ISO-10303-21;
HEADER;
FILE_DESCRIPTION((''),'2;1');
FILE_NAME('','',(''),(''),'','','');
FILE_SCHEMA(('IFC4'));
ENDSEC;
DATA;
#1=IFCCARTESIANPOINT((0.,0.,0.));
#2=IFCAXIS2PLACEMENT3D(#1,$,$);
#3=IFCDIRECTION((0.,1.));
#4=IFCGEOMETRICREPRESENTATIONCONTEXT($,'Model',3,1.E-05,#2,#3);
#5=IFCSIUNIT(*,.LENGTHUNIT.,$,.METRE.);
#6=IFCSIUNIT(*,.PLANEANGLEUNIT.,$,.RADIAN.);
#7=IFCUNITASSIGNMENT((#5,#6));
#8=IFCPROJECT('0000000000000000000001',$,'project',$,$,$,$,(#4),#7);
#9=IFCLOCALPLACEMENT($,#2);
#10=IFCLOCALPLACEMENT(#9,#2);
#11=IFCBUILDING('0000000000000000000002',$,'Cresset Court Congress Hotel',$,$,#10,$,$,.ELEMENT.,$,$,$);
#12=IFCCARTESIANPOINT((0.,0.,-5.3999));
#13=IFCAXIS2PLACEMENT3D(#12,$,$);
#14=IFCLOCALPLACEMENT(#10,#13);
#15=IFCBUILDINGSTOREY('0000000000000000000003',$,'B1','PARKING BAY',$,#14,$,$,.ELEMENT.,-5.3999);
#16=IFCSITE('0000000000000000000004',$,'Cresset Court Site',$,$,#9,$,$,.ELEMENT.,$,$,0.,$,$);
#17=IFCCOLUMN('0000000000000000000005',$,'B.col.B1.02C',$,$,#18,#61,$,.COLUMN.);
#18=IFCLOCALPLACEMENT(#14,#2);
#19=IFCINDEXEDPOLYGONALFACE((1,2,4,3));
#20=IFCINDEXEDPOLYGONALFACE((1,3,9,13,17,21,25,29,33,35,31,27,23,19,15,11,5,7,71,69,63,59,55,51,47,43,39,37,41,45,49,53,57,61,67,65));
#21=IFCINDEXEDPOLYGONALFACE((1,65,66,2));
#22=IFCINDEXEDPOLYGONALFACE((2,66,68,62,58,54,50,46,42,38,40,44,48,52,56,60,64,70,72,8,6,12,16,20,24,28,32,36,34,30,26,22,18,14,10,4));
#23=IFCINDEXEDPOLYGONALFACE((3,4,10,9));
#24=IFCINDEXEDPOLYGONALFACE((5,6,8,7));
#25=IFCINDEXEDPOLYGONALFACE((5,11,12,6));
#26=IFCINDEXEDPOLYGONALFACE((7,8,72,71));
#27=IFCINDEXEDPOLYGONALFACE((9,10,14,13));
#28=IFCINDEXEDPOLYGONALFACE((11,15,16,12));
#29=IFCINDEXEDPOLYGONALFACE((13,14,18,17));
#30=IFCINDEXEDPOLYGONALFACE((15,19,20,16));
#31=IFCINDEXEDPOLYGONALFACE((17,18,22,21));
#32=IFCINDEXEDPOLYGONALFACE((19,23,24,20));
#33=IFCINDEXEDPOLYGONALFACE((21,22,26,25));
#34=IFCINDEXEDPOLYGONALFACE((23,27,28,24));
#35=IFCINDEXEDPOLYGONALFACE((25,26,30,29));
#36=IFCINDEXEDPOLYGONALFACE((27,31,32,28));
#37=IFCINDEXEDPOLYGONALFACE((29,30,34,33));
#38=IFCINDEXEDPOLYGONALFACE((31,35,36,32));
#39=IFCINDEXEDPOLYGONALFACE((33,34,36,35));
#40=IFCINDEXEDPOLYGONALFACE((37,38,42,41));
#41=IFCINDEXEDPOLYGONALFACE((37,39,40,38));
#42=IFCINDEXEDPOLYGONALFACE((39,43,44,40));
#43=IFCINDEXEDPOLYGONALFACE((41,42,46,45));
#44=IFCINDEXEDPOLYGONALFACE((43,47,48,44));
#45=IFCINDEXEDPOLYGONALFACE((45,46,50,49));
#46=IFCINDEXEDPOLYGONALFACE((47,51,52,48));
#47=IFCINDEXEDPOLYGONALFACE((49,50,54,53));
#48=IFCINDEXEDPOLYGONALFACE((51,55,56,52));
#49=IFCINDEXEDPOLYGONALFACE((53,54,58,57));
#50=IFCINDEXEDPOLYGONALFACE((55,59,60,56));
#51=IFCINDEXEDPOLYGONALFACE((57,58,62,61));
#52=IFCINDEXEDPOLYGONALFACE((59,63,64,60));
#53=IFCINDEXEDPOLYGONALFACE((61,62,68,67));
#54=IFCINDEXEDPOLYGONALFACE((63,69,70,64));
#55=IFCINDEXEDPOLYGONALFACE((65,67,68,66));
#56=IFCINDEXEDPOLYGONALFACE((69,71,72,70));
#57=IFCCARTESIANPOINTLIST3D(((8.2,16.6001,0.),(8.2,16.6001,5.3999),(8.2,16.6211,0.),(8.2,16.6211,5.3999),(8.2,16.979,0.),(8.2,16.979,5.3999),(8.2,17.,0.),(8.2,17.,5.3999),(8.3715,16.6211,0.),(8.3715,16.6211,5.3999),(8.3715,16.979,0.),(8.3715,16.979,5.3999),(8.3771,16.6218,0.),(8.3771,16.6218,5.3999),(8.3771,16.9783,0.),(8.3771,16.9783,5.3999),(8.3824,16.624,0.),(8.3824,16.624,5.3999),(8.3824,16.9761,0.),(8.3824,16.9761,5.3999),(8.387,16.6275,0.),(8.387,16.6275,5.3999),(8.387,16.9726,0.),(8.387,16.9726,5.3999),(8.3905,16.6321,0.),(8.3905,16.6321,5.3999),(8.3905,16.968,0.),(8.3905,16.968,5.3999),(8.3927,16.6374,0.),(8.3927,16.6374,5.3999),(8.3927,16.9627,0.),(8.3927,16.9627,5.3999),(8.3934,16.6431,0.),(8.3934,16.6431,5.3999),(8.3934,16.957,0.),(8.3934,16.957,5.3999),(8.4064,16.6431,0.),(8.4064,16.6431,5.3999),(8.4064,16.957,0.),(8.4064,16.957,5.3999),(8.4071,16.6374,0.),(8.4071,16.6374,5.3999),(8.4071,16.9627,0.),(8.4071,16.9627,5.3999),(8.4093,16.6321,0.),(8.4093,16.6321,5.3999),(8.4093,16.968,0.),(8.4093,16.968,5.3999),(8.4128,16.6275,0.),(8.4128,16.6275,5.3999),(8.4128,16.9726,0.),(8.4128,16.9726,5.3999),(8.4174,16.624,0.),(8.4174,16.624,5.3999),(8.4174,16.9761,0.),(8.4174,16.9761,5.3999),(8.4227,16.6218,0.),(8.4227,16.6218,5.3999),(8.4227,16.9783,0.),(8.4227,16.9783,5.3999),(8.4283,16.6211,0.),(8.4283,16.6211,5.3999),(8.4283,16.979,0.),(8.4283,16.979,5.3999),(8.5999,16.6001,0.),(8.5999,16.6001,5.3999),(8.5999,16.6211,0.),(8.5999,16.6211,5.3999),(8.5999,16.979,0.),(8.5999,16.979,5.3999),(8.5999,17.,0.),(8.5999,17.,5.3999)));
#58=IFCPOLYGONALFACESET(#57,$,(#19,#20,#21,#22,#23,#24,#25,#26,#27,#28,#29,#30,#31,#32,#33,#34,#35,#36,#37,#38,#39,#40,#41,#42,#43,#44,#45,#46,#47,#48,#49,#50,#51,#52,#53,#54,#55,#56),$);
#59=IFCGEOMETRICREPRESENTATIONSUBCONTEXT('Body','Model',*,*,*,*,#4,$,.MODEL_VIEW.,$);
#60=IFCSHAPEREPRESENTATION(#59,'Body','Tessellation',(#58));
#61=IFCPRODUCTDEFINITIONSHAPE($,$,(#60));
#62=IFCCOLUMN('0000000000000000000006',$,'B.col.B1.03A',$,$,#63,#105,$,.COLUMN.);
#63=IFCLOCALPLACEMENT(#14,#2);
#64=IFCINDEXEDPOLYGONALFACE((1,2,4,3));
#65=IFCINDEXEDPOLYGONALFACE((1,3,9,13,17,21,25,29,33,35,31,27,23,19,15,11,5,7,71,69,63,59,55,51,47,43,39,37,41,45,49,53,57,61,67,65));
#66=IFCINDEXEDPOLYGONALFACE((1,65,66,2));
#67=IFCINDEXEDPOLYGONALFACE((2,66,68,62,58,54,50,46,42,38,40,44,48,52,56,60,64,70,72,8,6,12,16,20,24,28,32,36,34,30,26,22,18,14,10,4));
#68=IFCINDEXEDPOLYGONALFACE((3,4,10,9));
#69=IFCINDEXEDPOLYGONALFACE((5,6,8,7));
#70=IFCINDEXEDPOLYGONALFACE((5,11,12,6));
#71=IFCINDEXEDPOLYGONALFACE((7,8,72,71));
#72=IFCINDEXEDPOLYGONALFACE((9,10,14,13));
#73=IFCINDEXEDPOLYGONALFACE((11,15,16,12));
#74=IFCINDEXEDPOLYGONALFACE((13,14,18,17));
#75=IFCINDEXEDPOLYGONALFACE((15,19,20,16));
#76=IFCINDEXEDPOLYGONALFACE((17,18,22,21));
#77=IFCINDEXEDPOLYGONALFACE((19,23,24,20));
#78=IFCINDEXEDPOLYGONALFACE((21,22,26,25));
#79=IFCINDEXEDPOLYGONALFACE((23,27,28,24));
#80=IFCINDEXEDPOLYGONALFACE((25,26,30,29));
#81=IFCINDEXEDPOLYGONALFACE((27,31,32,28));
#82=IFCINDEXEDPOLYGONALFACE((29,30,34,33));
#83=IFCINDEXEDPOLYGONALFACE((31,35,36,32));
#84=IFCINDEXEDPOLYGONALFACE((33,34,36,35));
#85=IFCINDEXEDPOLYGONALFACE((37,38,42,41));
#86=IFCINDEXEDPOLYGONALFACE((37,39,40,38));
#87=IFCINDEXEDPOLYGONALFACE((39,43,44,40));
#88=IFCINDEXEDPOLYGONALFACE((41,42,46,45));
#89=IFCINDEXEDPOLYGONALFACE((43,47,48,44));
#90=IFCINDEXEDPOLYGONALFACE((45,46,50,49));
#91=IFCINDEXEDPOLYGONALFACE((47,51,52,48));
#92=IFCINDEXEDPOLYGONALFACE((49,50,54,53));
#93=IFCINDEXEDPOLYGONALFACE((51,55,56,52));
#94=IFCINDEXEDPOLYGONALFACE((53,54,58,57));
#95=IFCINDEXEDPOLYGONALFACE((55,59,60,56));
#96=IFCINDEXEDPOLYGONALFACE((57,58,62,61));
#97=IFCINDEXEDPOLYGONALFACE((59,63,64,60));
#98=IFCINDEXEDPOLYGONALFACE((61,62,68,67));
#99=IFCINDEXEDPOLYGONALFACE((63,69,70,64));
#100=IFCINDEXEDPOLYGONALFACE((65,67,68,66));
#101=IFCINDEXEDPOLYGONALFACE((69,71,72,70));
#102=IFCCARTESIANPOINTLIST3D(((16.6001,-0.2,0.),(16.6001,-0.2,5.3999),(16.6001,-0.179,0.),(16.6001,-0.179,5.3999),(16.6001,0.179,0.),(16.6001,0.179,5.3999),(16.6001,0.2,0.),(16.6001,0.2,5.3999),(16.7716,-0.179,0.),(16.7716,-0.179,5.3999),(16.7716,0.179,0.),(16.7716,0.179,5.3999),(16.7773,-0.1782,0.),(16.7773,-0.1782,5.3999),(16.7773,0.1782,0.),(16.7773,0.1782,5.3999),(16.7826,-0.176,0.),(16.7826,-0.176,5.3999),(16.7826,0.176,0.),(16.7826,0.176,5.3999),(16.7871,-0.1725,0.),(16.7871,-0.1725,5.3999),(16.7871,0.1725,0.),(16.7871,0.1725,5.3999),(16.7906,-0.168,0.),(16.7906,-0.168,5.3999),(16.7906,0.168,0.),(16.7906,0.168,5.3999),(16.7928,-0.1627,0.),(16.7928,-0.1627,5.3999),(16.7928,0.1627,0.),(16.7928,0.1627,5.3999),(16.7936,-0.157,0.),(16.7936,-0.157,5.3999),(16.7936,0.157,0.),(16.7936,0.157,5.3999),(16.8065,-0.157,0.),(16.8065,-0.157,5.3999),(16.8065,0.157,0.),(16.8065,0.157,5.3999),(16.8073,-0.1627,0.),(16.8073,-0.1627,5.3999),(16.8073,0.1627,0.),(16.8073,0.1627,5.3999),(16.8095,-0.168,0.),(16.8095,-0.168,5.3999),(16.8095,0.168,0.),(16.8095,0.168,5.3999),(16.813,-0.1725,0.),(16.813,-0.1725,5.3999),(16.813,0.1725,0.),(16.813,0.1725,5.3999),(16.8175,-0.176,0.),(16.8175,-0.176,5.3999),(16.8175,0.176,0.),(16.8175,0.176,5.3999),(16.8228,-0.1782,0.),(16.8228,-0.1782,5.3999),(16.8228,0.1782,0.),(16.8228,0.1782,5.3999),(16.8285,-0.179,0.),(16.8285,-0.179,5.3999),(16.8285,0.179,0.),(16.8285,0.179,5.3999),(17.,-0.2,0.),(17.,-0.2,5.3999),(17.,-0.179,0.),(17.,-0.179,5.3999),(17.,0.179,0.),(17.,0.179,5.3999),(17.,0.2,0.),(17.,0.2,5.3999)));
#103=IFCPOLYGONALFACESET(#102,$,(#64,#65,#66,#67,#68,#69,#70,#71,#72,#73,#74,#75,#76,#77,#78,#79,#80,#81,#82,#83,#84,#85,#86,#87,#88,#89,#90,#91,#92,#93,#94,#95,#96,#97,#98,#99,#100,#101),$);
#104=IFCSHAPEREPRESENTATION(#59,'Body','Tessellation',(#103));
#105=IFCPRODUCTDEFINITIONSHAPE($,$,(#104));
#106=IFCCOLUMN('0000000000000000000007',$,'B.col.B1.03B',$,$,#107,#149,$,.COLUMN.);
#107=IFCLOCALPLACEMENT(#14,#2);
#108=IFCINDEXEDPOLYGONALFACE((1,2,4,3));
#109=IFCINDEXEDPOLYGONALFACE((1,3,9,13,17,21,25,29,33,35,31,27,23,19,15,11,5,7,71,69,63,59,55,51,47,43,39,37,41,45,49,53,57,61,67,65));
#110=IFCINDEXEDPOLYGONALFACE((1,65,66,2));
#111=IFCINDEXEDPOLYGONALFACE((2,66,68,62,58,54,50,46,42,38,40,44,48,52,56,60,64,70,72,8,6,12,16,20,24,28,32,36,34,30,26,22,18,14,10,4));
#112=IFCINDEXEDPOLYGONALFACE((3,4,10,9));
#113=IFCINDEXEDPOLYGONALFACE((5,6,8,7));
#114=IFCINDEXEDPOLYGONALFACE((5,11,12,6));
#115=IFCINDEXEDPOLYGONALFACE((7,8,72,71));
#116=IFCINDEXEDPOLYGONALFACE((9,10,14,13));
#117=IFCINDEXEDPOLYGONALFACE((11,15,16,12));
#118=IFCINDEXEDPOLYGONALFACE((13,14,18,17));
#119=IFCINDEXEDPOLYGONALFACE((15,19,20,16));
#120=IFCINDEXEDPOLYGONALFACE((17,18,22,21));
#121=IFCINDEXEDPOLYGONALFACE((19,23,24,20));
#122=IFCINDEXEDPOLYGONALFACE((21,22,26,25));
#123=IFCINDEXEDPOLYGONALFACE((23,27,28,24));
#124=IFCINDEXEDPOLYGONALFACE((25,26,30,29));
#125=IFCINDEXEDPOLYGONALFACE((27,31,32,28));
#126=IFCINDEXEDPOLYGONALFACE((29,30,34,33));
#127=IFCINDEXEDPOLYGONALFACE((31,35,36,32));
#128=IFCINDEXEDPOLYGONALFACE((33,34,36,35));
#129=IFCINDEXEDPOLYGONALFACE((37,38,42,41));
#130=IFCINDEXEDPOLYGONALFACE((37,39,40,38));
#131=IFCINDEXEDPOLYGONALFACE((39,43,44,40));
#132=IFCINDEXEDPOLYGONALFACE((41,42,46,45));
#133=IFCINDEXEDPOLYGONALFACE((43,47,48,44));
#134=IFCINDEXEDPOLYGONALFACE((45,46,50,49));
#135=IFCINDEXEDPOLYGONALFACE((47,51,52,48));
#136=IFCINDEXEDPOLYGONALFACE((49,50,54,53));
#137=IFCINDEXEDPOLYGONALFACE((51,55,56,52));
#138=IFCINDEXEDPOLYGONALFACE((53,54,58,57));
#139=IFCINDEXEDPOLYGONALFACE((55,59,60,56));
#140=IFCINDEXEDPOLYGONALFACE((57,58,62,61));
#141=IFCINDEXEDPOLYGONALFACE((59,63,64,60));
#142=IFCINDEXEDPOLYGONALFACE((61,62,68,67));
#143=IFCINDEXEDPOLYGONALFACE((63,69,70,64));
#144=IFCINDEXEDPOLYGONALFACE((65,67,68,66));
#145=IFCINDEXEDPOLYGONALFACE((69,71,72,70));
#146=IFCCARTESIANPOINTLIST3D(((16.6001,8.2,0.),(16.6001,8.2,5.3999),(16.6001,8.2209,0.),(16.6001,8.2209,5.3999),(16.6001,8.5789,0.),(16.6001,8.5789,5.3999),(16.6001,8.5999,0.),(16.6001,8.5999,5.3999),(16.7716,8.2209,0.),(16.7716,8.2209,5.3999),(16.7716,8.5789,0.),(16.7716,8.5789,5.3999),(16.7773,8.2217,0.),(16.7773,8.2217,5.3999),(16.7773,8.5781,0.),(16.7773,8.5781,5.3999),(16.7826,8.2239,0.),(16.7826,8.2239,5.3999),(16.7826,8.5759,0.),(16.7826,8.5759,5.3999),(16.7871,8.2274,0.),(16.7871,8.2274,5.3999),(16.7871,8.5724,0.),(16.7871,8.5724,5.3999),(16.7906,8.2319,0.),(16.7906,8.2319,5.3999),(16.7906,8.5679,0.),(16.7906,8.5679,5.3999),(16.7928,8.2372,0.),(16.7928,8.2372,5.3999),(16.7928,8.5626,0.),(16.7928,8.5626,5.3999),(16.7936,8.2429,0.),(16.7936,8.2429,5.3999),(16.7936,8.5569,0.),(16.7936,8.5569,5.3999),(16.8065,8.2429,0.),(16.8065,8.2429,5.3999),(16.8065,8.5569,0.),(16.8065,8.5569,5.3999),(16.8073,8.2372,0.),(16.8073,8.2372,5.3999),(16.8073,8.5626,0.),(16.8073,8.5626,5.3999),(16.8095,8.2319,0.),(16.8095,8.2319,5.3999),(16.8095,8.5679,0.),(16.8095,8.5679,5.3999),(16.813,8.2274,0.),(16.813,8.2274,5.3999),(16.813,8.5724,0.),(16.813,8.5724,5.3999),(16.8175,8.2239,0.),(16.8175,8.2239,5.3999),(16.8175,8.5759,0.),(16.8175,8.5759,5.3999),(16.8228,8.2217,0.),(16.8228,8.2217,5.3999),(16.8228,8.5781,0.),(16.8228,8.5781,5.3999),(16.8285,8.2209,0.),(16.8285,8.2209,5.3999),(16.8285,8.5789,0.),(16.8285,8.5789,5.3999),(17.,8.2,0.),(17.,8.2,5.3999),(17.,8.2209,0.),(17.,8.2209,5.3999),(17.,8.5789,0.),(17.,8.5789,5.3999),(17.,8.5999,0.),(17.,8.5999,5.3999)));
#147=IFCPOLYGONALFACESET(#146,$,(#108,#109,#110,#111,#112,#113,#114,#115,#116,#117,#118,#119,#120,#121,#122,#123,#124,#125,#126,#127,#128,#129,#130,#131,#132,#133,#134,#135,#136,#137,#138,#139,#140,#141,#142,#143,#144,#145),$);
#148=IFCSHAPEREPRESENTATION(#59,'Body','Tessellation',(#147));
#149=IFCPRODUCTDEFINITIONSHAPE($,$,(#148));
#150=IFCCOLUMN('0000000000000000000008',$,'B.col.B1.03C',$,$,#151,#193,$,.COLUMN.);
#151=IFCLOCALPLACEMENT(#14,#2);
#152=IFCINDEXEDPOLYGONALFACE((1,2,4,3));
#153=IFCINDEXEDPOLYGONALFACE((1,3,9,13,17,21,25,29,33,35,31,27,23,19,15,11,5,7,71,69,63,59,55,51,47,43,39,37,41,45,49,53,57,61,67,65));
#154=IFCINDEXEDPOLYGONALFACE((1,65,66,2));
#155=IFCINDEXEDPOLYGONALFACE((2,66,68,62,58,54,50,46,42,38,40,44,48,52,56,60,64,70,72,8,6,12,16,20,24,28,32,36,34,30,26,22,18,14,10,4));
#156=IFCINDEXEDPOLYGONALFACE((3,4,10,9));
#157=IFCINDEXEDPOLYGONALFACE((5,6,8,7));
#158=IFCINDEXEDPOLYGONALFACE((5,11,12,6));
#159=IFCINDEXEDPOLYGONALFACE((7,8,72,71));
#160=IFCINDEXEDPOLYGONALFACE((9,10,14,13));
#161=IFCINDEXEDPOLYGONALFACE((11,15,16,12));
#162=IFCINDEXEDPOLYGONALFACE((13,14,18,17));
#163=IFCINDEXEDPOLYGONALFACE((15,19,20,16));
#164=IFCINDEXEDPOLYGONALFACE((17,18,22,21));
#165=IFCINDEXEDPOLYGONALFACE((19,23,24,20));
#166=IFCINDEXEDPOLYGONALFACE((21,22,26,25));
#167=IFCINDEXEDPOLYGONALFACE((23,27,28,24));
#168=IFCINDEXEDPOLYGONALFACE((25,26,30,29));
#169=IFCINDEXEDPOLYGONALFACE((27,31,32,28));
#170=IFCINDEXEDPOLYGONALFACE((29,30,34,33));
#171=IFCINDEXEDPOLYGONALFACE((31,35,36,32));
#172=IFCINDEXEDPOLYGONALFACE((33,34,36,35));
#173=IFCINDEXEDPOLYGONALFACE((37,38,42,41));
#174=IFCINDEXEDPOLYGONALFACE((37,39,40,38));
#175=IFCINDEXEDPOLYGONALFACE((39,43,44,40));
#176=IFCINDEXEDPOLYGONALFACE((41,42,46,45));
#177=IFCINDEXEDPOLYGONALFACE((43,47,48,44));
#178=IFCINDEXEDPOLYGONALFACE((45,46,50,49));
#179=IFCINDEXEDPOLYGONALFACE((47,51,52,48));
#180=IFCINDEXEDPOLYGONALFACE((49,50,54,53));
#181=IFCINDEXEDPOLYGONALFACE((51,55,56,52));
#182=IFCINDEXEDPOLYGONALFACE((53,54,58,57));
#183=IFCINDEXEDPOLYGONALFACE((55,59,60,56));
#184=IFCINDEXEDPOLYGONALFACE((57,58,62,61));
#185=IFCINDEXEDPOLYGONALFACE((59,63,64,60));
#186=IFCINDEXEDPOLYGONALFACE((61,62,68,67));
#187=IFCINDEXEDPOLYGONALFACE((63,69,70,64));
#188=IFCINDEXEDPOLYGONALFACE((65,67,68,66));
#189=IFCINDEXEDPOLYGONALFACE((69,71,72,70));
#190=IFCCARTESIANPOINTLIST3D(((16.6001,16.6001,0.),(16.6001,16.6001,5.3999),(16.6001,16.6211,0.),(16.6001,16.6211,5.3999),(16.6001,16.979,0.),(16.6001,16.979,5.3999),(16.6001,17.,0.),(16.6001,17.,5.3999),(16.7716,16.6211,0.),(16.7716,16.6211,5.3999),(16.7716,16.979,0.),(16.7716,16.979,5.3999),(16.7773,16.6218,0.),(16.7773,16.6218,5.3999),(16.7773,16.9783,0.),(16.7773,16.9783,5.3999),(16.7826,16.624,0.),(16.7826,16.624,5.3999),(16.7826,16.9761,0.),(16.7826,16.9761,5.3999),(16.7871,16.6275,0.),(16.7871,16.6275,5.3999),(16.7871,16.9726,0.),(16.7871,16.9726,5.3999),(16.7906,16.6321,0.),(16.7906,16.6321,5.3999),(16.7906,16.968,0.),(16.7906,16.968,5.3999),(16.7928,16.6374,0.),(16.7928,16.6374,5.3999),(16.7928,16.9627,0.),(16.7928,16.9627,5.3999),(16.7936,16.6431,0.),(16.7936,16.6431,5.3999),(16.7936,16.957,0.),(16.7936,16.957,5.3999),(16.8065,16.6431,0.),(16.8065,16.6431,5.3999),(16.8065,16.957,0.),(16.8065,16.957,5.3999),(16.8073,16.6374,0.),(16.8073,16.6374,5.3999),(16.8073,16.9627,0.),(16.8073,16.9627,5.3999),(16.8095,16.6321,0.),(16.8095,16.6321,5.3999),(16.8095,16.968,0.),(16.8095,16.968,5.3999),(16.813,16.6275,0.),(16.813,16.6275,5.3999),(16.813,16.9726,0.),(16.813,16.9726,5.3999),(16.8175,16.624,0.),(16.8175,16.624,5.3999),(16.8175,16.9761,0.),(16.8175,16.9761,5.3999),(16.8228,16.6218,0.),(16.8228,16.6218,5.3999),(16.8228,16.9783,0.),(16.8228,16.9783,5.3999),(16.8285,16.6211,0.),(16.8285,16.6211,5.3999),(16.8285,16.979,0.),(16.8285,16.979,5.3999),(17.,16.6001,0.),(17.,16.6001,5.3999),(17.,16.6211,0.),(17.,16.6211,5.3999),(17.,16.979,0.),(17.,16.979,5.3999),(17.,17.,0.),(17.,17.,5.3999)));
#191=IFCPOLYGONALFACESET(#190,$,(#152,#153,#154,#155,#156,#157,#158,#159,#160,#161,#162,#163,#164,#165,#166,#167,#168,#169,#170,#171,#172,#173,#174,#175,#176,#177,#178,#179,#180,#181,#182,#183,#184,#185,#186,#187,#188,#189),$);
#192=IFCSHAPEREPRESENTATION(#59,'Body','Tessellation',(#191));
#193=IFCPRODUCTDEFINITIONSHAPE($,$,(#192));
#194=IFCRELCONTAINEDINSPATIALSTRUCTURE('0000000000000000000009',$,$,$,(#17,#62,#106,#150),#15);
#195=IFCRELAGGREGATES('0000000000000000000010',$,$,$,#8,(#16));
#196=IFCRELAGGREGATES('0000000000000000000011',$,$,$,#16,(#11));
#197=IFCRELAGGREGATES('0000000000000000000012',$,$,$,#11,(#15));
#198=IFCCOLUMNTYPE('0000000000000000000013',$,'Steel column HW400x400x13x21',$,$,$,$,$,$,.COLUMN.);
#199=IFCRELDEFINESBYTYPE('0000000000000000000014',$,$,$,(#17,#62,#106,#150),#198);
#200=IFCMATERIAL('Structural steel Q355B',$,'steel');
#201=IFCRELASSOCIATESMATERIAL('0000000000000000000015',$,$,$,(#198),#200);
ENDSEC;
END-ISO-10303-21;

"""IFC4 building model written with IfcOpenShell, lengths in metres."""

from ifc_helpers import new_model, si_unit, direction, frame, origin, origin_2d, place, context, subcontext, project, spatial, i_section, extrude, material, material_profile, profile_set, type_object, element, save


model = new_model("IFC4")

# Units and contexts
model_context = context("Model", 3, precision=1e-05, world=origin(), true_north=direction((0.0, 1.0)))
body_context = subcontext(model_context, "Body", "Model", "MODEL_VIEW")
ifc_project = project(units=[si_unit("LENGTHUNIT", "METRE"), si_unit("PLANEANGLEUNIT", "RADIAN")], contexts=[model_context])

# Site, building, storey
site_placement = place(None, origin())
site = spatial("IfcSite", under=ifc_project, at=site_placement, Name="Cresset Court Site", CompositionType="ELEMENT", RefElevation=0.0)
building_placement = place(site_placement, origin())
building = spatial("IfcBuilding", under=site, at=building_placement, Name="Cresset Court Congress Hotel", CompositionType="ELEMENT")
storey_placement = place(building_placement, frame((0.0, 0.0, -5.3999)))
storey = spatial("IfcBuildingStorey", under=building, at=storey_placement, Name="B1", Description="PARKING BAY", CompositionType="ELEMENT", Elevation=-5.3999)

# Columns
ifc_material_1 = material(Name="Structural steel Q355B", Category="steel")
ifc_material_profile = material_profile(ifc_material_1, i_section(OverallWidth=0.3999, OverallDepth=0.3999, WebThickness=0.0129, FlangeThickness=0.021, FilletRadius=0.022, at=origin_2d()), Name="HW400x400x13x21")
ifc_profile_set = profile_set([ifc_material_profile], Name="Structural steel Q355B")
column_type = type_object("IfcColumnType", Name="Steel column HW400x400x13x21", PredefinedType="COLUMN", material=ifc_profile_set)
for number, where, z_axis, x_axis, name in (
    (1, (8.3999, 16.8, 0.0), (0.0, 0.0, 1.0), (1.0, 0.0, 0.0), "B.col.B1.02C"),
    (2, (16.8, 0.0, 0.0), (0.0, 0.0, 1.0), (1.0, 0.0, 0.0), "B.col.B1.03A"),
    (3, (16.8, 8.3999, 0.0), (0.0, 0.0, 1.0), (1.0, 0.0, 0.0), "B.col.B1.03B"),
    (4, (16.8, 16.8, 0.0), (0.0, 0.0, 1.0), (1.0, 0.0, 0.0), "B.col.B1.03C"),
):
    element("IfcColumn", number, at=place(storey_placement, frame(where, z_axis=z_axis, x_axis=x_axis)), inside=storey, type_object=column_type, Name=name, PredefinedType="COLUMN", context=body_context, shape_type="SweptSolid", body=[
        extrude(i_section(OverallWidth=0.3999, OverallDepth=0.3999, WebThickness=0.0129, FlangeThickness=0.021, FilletRadius=0.022, at=origin_2d()), origin(), (0.0, 0.0, 1.0), 5.3999),
    ])

save(model, "model.ifc")
